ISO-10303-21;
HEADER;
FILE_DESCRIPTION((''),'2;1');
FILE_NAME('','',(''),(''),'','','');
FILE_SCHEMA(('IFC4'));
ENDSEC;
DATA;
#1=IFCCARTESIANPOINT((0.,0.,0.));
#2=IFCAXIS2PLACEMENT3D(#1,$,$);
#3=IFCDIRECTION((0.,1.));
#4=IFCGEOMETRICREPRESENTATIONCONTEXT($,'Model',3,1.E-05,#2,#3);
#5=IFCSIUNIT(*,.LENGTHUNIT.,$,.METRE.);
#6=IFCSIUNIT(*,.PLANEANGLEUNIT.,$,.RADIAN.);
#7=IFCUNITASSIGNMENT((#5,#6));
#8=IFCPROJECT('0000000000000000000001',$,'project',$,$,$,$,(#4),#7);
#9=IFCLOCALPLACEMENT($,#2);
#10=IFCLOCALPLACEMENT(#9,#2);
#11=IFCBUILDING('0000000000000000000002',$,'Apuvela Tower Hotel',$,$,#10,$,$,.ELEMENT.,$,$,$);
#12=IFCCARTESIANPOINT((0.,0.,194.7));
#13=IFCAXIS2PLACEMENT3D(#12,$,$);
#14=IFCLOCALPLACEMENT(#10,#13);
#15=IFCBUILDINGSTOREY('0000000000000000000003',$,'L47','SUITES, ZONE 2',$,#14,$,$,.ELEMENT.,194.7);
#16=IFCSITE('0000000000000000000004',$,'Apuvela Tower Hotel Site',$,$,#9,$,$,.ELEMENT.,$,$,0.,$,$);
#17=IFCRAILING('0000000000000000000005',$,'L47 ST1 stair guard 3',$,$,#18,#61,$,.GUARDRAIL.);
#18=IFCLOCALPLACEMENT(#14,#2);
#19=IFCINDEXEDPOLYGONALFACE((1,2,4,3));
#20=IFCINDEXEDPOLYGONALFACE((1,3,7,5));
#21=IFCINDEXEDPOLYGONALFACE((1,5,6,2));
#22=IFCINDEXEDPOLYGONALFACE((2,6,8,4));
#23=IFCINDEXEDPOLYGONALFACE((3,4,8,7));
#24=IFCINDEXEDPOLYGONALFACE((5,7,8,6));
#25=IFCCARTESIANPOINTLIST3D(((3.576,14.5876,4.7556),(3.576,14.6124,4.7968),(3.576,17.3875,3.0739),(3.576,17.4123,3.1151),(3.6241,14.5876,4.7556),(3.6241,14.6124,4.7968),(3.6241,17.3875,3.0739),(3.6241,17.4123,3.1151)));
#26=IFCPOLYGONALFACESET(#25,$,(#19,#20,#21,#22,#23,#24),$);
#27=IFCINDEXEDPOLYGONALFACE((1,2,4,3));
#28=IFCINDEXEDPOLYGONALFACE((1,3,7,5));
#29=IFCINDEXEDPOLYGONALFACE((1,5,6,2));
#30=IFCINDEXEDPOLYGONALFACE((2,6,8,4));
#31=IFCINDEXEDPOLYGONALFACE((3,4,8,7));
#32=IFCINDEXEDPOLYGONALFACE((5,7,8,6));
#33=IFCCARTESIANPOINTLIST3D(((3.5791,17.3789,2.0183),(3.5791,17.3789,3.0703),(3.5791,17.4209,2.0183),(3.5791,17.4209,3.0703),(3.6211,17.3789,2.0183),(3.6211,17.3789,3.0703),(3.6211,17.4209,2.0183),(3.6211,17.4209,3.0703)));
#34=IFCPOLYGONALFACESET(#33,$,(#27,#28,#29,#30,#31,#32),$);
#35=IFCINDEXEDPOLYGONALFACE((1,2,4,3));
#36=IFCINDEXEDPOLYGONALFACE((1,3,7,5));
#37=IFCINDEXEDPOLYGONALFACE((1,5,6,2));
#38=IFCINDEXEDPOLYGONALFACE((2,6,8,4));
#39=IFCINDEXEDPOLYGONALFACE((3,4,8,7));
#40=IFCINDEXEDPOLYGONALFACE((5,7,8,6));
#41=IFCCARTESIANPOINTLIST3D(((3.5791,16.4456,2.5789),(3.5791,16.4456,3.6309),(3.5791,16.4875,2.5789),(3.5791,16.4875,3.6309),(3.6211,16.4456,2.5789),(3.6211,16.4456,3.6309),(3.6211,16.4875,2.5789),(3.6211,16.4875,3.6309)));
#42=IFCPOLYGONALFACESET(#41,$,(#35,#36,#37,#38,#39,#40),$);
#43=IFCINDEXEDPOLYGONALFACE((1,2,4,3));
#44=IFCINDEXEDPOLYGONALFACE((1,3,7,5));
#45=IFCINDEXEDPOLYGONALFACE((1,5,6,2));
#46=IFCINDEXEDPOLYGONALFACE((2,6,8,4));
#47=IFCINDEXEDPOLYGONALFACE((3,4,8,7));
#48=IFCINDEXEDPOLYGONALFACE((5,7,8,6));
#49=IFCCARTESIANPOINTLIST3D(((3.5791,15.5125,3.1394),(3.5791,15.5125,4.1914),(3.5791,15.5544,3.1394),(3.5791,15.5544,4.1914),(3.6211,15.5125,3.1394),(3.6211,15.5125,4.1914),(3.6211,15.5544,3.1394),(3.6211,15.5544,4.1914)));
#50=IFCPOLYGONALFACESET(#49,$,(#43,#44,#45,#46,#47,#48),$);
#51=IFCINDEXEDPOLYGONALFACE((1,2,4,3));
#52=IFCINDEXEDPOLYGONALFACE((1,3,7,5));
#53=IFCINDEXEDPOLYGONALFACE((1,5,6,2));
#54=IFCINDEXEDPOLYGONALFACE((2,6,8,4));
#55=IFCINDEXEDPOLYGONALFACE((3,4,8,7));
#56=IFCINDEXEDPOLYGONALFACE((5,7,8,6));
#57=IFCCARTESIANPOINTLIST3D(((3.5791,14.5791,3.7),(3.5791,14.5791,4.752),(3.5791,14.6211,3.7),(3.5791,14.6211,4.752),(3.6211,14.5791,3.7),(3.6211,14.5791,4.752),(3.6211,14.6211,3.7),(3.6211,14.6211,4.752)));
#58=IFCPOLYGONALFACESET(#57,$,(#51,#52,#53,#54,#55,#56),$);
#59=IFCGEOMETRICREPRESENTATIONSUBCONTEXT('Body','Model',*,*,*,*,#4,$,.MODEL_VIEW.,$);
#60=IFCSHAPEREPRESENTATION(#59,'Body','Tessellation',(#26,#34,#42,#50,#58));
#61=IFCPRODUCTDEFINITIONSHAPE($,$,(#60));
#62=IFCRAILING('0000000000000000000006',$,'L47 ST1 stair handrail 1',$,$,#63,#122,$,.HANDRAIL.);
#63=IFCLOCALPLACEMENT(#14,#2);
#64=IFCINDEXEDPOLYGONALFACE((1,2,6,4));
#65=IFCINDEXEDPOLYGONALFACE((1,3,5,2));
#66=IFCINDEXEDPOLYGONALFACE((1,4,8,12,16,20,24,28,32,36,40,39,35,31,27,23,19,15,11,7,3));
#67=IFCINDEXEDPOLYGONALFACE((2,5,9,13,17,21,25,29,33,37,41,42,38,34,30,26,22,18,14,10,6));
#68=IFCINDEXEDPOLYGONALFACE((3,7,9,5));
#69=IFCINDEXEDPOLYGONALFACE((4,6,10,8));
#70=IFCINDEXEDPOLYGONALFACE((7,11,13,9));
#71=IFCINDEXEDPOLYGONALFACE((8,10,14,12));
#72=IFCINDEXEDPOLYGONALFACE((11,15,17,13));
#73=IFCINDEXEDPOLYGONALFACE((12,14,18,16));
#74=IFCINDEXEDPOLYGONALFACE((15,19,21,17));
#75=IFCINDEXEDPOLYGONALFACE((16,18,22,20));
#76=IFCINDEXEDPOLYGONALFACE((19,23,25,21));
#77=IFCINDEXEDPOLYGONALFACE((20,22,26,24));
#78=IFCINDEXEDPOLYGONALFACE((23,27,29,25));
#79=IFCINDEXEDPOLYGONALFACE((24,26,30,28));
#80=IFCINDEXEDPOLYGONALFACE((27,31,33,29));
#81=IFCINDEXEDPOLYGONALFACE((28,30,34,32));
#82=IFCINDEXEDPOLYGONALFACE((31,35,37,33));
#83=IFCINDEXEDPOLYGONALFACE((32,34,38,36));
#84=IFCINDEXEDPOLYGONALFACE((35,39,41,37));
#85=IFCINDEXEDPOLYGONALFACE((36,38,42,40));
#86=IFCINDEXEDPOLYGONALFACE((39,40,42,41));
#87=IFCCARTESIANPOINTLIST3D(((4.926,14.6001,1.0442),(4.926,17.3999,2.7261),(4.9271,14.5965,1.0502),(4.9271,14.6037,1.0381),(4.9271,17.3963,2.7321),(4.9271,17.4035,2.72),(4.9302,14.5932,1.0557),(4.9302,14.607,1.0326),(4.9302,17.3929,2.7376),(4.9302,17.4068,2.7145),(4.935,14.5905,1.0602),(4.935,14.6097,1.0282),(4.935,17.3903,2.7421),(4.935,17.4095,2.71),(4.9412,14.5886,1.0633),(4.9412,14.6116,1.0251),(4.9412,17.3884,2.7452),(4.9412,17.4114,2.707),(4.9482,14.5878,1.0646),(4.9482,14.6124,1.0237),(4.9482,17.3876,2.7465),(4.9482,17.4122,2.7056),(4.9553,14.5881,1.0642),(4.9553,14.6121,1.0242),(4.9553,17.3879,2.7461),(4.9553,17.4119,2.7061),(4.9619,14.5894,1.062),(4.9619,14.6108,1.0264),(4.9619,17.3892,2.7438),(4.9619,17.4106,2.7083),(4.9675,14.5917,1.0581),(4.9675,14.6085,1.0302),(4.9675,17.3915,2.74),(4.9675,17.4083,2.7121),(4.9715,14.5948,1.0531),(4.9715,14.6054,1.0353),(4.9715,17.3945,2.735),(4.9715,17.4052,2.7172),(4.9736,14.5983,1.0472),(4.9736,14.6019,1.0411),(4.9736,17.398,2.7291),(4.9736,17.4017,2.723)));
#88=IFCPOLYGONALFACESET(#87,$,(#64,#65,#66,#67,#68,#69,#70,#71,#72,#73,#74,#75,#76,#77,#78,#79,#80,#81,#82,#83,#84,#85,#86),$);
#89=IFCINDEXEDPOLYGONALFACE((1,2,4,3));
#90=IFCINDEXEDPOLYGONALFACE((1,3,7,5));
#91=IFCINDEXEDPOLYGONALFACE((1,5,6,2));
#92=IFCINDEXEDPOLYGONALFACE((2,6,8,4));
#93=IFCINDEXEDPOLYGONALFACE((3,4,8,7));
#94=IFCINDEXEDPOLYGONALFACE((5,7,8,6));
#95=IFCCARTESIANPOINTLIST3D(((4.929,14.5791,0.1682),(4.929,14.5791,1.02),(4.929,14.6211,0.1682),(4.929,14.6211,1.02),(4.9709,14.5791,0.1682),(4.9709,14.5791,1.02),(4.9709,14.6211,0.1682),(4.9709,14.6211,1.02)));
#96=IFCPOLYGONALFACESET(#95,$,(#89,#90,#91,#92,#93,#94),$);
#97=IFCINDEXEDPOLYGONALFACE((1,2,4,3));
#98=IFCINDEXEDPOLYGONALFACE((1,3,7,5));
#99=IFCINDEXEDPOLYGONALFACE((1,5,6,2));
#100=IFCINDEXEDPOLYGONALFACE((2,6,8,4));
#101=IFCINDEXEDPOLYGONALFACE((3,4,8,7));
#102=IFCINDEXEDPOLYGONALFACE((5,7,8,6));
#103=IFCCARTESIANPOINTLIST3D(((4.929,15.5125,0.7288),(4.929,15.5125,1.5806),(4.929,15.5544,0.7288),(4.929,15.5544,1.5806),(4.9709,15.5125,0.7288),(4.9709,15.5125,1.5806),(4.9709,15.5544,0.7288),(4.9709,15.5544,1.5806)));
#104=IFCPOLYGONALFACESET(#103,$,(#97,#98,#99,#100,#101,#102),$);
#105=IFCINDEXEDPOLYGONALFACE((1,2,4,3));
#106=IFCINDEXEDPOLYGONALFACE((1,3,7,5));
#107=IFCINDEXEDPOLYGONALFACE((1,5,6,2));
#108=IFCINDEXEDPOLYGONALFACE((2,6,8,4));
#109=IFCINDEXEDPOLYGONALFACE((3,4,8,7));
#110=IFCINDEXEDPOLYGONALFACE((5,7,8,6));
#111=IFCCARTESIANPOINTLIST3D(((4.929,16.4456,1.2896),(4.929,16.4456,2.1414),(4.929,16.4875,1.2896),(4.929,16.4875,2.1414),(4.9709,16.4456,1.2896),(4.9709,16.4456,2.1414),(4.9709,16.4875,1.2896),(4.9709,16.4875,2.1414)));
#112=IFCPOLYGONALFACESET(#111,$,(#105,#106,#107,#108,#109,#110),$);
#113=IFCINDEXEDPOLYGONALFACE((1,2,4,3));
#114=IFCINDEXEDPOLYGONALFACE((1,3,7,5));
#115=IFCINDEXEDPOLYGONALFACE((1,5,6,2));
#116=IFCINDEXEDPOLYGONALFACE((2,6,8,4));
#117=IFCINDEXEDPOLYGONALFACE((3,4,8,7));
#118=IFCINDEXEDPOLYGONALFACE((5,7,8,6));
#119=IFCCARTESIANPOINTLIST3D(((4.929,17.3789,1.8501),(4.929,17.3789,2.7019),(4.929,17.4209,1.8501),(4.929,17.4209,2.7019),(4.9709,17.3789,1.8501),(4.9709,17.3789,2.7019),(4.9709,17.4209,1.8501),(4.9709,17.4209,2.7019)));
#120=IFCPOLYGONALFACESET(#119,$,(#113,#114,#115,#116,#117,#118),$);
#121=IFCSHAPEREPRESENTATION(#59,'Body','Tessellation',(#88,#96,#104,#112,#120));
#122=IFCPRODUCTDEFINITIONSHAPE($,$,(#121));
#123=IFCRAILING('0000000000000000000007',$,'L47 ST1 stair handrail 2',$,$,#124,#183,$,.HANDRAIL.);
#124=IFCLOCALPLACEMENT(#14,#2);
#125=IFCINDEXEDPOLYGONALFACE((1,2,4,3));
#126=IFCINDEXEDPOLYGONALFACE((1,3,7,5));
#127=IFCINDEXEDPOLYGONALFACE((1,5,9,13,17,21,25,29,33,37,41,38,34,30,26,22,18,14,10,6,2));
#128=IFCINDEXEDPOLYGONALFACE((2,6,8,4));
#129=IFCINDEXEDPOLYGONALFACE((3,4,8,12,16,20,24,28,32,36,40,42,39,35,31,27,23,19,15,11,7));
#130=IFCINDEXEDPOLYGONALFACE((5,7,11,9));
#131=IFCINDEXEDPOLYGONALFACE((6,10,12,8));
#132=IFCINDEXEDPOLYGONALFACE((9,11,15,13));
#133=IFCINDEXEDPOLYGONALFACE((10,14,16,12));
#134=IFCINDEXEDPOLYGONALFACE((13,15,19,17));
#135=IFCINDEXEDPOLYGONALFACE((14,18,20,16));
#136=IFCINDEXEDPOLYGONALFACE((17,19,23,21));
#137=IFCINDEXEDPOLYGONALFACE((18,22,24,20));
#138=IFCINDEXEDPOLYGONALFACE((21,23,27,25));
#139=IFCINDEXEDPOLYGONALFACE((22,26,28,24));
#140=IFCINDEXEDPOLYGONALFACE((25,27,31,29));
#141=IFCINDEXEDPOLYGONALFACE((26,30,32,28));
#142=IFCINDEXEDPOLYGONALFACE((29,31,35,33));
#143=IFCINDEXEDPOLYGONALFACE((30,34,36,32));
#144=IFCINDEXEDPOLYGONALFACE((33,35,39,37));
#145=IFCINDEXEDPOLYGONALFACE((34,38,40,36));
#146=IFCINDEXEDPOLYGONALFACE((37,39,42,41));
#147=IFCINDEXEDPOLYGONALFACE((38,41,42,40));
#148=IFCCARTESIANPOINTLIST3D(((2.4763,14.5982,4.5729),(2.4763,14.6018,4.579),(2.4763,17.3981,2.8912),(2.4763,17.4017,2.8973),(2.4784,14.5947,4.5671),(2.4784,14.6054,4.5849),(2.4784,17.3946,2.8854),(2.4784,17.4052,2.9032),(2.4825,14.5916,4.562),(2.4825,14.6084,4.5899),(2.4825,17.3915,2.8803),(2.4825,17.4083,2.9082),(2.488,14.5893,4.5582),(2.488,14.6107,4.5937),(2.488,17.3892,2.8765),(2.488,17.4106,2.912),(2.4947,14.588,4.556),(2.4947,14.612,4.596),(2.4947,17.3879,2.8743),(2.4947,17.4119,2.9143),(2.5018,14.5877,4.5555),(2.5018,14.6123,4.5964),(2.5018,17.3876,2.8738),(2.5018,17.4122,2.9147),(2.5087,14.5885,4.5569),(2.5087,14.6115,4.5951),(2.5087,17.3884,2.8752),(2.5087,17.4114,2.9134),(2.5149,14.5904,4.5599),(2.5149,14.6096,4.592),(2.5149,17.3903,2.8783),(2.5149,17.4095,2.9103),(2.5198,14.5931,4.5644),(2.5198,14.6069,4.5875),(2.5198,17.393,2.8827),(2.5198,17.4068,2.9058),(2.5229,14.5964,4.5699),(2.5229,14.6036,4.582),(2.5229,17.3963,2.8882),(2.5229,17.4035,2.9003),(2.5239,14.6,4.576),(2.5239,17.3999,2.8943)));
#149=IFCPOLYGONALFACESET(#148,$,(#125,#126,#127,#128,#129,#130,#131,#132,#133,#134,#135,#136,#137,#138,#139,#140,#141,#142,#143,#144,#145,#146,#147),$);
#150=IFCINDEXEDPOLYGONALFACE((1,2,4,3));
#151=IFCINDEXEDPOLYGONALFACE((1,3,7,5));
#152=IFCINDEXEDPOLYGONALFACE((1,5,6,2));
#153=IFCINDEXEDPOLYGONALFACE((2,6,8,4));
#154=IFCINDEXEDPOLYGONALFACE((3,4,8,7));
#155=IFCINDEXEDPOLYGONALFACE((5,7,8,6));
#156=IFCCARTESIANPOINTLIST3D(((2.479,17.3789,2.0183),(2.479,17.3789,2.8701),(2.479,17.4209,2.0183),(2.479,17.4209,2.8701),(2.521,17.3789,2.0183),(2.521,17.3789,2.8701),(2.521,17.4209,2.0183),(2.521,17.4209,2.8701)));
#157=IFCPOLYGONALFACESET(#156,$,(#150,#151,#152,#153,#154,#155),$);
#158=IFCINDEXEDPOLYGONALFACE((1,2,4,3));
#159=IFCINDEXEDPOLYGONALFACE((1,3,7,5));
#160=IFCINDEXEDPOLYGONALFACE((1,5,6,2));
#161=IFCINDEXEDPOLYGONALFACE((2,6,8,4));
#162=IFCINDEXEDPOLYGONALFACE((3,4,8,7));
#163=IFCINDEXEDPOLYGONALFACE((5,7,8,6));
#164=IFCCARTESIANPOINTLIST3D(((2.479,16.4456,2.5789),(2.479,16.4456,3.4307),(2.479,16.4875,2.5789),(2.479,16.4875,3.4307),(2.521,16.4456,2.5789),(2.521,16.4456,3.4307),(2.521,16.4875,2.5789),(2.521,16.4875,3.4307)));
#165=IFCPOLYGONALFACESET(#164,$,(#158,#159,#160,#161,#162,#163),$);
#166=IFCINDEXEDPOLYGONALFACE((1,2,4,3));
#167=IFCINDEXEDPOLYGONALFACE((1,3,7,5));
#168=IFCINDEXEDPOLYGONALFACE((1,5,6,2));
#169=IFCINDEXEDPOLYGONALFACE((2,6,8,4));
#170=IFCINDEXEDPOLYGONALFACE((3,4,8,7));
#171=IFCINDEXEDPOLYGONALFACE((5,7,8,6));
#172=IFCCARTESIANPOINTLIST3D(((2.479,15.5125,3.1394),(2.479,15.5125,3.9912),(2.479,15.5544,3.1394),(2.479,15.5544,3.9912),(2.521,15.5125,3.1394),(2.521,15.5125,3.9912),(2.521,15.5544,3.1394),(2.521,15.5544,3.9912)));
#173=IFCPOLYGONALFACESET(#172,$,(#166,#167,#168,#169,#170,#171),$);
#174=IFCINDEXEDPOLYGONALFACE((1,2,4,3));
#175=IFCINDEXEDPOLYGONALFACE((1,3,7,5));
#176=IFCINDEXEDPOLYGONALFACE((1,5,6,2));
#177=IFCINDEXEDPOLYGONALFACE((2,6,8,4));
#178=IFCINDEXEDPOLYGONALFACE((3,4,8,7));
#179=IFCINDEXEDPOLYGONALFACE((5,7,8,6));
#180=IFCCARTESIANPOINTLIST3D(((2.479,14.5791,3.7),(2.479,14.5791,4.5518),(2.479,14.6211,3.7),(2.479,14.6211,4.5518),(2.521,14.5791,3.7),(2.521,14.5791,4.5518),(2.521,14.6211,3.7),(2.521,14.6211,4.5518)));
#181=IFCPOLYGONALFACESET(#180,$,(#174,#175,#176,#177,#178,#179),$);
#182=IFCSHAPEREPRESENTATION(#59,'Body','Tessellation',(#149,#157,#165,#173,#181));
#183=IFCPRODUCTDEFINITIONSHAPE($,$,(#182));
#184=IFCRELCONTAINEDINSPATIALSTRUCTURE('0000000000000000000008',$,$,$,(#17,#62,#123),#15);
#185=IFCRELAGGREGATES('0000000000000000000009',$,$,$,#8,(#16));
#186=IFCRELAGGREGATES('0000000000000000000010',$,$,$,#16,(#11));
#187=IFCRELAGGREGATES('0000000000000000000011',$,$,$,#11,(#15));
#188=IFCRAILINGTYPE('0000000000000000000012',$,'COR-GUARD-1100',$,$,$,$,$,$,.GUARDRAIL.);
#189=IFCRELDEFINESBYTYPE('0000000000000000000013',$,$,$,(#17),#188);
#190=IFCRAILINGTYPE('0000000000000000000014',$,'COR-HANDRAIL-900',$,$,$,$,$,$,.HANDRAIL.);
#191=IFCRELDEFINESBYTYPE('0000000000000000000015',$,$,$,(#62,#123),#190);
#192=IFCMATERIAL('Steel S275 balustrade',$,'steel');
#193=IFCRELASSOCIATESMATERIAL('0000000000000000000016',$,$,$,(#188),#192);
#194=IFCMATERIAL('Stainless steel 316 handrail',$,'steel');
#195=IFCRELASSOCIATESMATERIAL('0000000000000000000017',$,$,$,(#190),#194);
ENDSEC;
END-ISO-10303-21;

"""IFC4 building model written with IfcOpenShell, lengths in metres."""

from ifc_helpers import new_model, si_unit, direction, frame, origin, origin_2d, place, context, subcontext, project, spatial, rectangle, circle, extrude, material, type_object, element, save


model = new_model("IFC4")

# Units and contexts
model_context = context("Model", 3, precision=1e-05, world=origin(), true_north=direction((0.0, 1.0)))
body_context = subcontext(model_context, "Body", "Model", "MODEL_VIEW")
ifc_project = project(units=[si_unit("LENGTHUNIT", "METRE"), si_unit("PLANEANGLEUNIT", "RADIAN")], contexts=[model_context])

# Site, building, storey
site_placement = place(None, origin())
site = spatial("IfcSite", under=ifc_project, at=site_placement, Name="Apuvela Tower Hotel Site", CompositionType="ELEMENT", RefElevation=0.0)
building_placement = place(site_placement, origin())
building = spatial("IfcBuilding", under=site, at=building_placement, Name="Apuvela Tower Hotel", CompositionType="ELEMENT")
storey_placement = place(building_placement, frame((0.0, 0.0, 194.7)))
storey = spatial("IfcBuildingStorey", under=building, at=storey_placement, Name="L47", Description="SUITES, ZONE 2", CompositionType="ELEMENT", Elevation=194.7)

# Railings
ifc_material_1 = material(Name="Steel S275 balustrade", Category="steel")
railing_type_1 = type_object("IfcRailingType", Name="COR-GUARD-1100", PredefinedType="GUARDRAIL", material=ifc_material_1)
railing_1_placement = place(storey_placement, frame((3.6001, 17.3999, 2.0183)))
element("IfcRailing", 1, at=railing_1_placement, inside=storey, type_object=railing_type_1, Name="L47 ST1 stair guard 3", PredefinedType="GUARDRAIL", context=body_context, shape_type="SweptSolid", body=[
    extrude(rectangle(XDim=0.0481, YDim=0.0481, at=origin_2d()), frame((0.0, 0.0, 1.0762), z_axis=(0.0, -0.857255, 0.514891), x_axis=(1.0, 0.0, 0.0)), (0.0, 0.0, 1.0), 3.2661),
    extrude(rectangle(XDim=0.042, YDim=0.042, at=origin_2d()), origin(), (0.0, 0.0, 1.0), 1.052),
    extrude(rectangle(XDim=0.042, YDim=0.042, at=origin_2d()), frame((0.0, -0.9333, 0.5605)), (0.0, 0.0, 1.0), 1.052),
    extrude(rectangle(XDim=0.042, YDim=0.042, at=origin_2d()), frame((0.0, -1.8665, 1.1211)), (0.0, 0.0, 1.0), 1.052),
    extrude(rectangle(XDim=0.042, YDim=0.042, at=origin_2d()), frame((0.0, -2.7998, 1.6816)), (0.0, 0.0, 1.0), 1.052),
])
ifc_material_2 = material(Name="Stainless steel 316 handrail", Category="steel")
railing_type_2 = type_object("IfcRailingType", Name="COR-HANDRAIL-900", PredefinedType="HANDRAIL", material=ifc_material_2)
railing_2_placement = place(storey_placement, frame((4.95, 14.6001, 0.1682)))
element("IfcRailing", 2, at=railing_2_placement, inside=storey, type_object=railing_type_2, Name="L47 ST1 stair handrail 1", PredefinedType="HANDRAIL", context=body_context, shape_type="SweptSolid", body=[
    extrude(circle(Radius=0.0239, at=origin_2d()), frame((0.0, 0.0, 0.876), z_axis=(0.0, 0.857222, 0.514946), x_axis=(-1.0, 0.0, 0.0)), (0.0, 0.0, 1.0), 3.2661),
    extrude(rectangle(XDim=0.042, YDim=0.042, at=origin_2d()), origin(), (0.0, 0.0, 1.0), 0.8518),
    extrude(rectangle(XDim=0.042, YDim=0.042, at=origin_2d()), frame((0.0, 0.9333, 0.5605)), (0.0, 0.0, 1.0), 0.8518),
    extrude(rectangle(XDim=0.042, YDim=0.042, at=origin_2d()), frame((0.0, 1.8665, 1.1213)), (0.0, 0.0, 1.0), 0.8518),
    extrude(rectangle(XDim=0.042, YDim=0.042, at=origin_2d()), frame((0.0, 2.7998, 1.6819)), (0.0, 0.0, 1.0), 0.8518),
])
railing_3_placement = place(storey_placement, frame((2.5, 17.3999, 2.0183)))
element("IfcRailing", 3, at=railing_3_placement, inside=storey, type_object=railing_type_2, Name="L47 ST1 stair handrail 2", PredefinedType="HANDRAIL", context=body_context, shape_type="SweptSolid", body=[
    extrude(circle(Radius=0.0239, at=origin_2d()), frame((0.0, 0.0, 0.876), z_axis=(0.0, -0.857255, 0.514891), x_axis=(1.0, 0.0, 0.0)), (0.0, 0.0, 1.0), 3.2661),
    extrude(rectangle(XDim=0.042, YDim=0.042, at=origin_2d()), origin(), (0.0, 0.0, 1.0), 0.8518),
    extrude(rectangle(XDim=0.042, YDim=0.042, at=origin_2d()), frame((0.0, -0.9333, 0.5605)), (0.0, 0.0, 1.0), 0.8518),
    extrude(rectangle(XDim=0.042, YDim=0.042, at=origin_2d()), frame((0.0, -1.8665, 1.1211)), (0.0, 0.0, 1.0), 0.8518),
    extrude(rectangle(XDim=0.042, YDim=0.042, at=origin_2d()), frame((0.0, -2.7998, 1.6816)), (0.0, 0.0, 1.0), 0.8518),
])

save(model, "model.ifc")
